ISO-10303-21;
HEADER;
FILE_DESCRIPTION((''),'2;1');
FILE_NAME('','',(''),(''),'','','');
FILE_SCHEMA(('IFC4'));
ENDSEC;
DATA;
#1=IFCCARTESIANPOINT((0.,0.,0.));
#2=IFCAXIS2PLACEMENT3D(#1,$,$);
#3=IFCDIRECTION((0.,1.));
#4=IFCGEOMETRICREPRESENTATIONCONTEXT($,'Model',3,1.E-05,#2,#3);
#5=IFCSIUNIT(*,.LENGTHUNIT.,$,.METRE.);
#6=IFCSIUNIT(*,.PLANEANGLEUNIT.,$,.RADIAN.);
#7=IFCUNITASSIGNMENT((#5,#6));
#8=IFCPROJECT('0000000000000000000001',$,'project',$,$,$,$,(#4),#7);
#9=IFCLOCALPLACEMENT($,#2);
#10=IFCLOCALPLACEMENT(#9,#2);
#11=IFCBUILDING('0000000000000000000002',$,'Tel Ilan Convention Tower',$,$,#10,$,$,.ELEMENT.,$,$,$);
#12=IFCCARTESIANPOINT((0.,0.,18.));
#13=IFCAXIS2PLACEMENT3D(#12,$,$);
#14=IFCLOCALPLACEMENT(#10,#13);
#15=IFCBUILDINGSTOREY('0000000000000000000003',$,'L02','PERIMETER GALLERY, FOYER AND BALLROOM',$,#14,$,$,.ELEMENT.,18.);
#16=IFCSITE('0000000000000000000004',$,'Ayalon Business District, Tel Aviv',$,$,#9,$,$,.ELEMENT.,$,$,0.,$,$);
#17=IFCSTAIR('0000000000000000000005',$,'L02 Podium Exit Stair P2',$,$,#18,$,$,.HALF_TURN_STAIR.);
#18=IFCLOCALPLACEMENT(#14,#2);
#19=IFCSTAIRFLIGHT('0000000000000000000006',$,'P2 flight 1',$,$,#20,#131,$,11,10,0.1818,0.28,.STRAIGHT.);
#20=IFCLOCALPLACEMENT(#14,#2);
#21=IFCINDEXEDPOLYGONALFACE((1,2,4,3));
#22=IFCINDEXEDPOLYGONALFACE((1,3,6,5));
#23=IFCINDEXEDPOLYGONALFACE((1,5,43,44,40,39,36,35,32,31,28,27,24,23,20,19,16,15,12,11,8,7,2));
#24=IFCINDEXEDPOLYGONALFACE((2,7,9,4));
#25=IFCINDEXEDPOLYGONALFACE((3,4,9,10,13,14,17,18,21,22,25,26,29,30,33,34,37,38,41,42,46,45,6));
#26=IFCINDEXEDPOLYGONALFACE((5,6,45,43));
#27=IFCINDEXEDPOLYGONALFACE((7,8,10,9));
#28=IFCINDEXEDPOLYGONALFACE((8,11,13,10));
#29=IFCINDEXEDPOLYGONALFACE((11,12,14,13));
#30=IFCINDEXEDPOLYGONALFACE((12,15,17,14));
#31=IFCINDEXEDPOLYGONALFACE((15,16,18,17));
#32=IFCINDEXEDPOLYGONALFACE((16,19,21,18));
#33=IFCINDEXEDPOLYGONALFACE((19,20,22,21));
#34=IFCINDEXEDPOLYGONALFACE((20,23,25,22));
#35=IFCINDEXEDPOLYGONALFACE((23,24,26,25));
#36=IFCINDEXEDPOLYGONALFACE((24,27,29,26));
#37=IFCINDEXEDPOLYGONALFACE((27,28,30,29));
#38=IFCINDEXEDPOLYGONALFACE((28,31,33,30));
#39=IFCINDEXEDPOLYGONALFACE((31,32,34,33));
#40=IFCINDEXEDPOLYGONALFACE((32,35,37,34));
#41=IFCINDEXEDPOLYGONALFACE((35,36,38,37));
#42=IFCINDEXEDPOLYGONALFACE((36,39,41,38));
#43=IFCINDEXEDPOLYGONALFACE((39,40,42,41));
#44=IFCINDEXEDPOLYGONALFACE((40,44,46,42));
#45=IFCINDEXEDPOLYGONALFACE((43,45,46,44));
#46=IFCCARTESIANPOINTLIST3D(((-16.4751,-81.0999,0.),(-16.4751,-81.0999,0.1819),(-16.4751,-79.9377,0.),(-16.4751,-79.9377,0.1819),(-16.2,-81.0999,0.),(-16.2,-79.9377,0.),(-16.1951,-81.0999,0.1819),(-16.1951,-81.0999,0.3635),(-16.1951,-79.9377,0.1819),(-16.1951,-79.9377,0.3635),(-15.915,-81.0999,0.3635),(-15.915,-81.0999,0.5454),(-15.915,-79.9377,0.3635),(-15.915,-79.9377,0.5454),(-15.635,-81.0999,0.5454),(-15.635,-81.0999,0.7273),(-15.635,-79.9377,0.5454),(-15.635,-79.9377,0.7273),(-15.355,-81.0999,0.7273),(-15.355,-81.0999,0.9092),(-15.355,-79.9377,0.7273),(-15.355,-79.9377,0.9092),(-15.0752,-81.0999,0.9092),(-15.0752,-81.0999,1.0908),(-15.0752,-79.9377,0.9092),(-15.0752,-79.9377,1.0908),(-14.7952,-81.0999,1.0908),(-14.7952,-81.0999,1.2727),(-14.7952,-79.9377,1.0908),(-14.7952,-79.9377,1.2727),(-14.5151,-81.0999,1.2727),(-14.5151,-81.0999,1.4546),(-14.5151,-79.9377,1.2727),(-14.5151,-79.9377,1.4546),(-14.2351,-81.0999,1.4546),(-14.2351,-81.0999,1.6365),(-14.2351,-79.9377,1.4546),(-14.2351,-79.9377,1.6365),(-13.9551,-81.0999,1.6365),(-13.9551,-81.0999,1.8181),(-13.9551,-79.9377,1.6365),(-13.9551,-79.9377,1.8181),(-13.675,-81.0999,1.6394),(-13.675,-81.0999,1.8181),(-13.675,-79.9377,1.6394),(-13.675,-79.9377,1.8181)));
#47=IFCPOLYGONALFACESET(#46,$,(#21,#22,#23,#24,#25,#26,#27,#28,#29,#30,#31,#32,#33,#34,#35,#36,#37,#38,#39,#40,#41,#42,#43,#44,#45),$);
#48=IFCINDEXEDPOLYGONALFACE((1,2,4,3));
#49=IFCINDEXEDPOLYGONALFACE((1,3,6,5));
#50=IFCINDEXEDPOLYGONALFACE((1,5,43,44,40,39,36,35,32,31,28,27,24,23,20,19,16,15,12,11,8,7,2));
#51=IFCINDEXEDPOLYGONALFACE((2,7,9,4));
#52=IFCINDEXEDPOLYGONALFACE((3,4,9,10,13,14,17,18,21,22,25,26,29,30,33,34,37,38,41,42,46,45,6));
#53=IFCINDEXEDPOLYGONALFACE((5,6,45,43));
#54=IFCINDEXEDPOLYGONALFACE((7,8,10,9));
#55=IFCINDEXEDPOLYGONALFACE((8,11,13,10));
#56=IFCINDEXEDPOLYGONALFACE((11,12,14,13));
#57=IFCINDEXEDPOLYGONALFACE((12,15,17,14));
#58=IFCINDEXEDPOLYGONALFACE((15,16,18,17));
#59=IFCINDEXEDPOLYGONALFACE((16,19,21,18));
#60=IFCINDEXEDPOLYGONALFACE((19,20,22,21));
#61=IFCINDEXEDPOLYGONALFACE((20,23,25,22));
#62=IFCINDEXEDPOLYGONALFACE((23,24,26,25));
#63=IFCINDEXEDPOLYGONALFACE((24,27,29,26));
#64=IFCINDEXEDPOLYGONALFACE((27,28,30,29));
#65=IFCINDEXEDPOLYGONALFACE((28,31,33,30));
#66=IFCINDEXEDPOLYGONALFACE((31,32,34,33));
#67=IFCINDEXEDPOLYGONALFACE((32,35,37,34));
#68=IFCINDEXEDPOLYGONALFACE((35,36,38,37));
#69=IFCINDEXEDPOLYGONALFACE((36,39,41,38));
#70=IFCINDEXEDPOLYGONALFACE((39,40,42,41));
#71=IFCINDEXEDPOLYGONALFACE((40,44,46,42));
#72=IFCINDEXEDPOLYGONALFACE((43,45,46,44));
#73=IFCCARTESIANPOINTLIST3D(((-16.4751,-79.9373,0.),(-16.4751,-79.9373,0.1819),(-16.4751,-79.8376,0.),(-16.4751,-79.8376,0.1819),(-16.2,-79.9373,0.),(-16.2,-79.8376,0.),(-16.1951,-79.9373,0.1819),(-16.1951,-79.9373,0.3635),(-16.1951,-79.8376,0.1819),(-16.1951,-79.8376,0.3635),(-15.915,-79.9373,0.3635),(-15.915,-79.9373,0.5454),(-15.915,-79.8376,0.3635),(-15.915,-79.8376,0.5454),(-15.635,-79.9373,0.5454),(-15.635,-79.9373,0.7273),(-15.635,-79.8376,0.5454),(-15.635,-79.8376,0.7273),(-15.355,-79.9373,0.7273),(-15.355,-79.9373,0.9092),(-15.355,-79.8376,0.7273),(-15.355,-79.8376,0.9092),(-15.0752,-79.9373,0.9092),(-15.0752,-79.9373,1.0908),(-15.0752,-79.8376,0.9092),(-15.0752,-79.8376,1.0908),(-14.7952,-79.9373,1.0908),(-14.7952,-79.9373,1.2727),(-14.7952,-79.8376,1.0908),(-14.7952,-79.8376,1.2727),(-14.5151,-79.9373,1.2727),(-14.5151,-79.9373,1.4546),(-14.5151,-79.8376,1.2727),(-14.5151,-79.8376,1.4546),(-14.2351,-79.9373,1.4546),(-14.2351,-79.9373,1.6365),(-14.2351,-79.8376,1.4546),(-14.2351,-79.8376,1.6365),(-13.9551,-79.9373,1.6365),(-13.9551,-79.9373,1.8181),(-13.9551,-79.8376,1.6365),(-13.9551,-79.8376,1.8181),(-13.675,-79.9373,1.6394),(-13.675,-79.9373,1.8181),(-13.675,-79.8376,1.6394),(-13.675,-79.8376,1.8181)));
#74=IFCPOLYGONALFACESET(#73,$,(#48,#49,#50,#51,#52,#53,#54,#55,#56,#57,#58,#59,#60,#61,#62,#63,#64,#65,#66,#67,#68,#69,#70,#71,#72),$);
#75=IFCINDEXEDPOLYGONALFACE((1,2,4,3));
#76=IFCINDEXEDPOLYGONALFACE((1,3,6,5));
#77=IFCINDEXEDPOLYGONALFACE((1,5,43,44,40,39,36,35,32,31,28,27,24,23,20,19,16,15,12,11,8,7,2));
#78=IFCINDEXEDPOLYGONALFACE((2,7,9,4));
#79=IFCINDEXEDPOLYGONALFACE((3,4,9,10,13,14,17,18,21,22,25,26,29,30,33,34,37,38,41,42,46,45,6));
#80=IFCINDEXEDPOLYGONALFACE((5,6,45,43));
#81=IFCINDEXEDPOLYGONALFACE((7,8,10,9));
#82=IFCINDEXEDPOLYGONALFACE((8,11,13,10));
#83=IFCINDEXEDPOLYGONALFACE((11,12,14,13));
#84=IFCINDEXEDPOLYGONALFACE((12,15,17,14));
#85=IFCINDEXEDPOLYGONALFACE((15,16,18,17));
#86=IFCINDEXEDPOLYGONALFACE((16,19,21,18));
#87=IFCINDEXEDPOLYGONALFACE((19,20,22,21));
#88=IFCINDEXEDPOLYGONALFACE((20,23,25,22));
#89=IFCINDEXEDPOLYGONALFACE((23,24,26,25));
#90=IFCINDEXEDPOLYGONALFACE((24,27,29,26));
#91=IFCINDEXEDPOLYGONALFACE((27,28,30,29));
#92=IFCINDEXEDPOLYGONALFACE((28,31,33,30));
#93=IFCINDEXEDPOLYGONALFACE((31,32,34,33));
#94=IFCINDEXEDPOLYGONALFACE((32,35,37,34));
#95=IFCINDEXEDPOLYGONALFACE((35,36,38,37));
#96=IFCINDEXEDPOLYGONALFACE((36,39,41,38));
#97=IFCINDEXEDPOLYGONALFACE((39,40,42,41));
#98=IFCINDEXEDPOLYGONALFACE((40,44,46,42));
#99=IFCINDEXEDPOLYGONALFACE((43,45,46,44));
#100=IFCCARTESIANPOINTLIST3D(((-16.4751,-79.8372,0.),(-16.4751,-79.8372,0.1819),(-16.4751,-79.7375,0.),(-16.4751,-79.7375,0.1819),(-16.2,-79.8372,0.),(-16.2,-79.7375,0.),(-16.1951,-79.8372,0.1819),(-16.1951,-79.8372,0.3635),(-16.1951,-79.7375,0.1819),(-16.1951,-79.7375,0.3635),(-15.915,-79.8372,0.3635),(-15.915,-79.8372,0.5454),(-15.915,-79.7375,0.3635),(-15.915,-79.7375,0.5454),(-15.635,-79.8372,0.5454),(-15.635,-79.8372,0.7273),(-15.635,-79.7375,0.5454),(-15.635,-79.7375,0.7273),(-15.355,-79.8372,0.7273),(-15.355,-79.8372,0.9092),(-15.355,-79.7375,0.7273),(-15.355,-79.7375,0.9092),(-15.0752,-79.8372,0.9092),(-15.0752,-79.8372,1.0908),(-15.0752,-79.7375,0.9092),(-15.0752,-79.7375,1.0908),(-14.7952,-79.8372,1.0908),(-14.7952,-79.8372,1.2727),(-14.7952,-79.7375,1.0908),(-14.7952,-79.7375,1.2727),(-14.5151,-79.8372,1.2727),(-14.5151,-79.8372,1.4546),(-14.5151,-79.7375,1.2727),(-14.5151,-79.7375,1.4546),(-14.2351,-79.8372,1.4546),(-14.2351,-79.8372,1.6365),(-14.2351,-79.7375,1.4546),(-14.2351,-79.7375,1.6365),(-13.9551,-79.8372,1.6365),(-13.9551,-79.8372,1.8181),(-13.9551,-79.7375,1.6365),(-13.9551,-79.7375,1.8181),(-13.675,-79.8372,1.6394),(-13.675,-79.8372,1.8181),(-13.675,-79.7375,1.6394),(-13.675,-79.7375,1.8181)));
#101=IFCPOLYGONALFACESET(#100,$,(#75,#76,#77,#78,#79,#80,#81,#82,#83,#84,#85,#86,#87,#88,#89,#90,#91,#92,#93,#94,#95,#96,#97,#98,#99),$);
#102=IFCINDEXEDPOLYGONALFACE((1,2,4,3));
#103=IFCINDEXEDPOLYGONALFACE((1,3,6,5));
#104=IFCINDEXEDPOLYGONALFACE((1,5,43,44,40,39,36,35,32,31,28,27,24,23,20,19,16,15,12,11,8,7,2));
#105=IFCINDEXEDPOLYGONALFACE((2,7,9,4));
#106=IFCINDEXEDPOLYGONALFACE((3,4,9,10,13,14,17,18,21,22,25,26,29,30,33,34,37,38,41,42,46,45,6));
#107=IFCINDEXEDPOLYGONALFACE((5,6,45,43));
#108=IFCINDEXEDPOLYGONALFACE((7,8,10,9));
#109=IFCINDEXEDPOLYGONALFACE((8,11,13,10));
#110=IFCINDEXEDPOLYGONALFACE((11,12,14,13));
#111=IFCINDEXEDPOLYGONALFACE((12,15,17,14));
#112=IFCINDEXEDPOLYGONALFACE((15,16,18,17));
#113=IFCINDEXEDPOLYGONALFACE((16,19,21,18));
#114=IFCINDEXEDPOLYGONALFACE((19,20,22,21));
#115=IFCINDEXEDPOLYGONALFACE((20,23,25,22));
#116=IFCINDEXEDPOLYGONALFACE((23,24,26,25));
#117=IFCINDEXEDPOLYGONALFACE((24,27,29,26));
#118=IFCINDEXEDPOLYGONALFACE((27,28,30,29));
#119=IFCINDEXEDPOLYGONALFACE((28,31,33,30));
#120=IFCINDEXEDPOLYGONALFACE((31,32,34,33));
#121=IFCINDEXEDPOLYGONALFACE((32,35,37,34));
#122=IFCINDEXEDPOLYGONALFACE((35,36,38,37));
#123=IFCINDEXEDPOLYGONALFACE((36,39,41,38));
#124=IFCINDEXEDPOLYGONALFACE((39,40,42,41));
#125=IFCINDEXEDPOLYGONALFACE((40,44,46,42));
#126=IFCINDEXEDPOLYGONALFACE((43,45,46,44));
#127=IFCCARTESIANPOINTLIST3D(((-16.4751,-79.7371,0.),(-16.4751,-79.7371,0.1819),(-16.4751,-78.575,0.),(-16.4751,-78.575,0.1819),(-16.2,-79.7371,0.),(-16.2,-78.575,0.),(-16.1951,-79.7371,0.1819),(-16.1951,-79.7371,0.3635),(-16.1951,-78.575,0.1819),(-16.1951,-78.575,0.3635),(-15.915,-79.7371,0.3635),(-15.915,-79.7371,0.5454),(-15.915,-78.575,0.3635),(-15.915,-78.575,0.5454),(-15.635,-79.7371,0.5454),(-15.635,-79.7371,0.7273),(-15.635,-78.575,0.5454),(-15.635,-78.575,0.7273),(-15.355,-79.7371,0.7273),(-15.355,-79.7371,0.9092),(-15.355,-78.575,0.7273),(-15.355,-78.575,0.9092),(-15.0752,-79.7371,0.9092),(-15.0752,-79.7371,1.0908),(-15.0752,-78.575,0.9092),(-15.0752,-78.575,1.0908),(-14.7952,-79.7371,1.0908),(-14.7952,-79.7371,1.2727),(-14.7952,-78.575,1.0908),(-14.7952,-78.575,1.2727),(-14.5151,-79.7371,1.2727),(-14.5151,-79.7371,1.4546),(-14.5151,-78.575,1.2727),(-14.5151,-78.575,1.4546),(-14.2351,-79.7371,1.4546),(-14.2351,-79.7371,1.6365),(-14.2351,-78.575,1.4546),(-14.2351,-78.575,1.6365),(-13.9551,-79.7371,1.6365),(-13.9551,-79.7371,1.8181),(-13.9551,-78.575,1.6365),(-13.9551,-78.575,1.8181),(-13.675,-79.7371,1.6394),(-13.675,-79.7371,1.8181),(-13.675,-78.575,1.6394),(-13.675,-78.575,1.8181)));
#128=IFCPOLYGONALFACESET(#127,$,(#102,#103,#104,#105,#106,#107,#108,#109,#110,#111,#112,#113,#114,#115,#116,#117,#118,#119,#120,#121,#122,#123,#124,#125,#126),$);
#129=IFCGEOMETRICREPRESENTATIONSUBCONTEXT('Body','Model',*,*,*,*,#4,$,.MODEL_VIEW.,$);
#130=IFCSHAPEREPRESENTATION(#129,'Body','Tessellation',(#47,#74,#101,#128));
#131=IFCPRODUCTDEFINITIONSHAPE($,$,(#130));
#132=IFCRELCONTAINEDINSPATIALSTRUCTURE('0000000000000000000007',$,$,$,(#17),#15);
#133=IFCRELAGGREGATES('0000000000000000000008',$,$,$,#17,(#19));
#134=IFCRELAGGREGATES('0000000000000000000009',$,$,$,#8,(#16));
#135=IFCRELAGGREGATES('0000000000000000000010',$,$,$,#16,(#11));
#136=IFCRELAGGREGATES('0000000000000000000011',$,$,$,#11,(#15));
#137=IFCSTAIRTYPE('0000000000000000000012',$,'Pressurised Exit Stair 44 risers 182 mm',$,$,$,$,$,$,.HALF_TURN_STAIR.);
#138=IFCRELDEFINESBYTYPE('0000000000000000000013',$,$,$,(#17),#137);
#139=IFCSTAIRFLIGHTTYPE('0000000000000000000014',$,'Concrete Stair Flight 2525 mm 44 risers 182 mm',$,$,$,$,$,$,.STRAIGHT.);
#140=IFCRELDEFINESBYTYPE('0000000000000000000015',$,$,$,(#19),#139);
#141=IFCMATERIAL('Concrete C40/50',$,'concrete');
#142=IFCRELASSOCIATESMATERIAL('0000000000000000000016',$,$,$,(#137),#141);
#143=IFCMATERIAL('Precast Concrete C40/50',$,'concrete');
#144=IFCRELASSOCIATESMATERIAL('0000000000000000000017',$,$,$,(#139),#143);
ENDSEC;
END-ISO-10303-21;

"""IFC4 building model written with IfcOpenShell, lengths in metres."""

from ifc_helpers import new_model, si_unit, direction, frame, origin, place, context, subcontext, project, spatial, polyline, outline, extrude, material, type_object, element, aggregate, save


model = new_model("IFC4")

# Units and contexts
model_context = context("Model", 3, precision=1e-05, world=origin(), true_north=direction((0.0, 1.0)))
body_context = subcontext(model_context, "Body", "Model", "MODEL_VIEW")
ifc_project = project(units=[si_unit("LENGTHUNIT", "METRE"), si_unit("PLANEANGLEUNIT", "RADIAN")], contexts=[model_context])

# Site, building, storey
site_placement = place(None, origin())
site = spatial("IfcSite", under=ifc_project, at=site_placement, Name="Ayalon Business District, Tel Aviv", CompositionType="ELEMENT", RefElevation=0.0)
building_placement = place(site_placement, origin())
building = spatial("IfcBuilding", under=site, at=building_placement, Name="Tel Ilan Convention Tower", CompositionType="ELEMENT")
storey_placement = place(building_placement, frame((0.0, 0.0, 18.0)))
storey = spatial("IfcBuildingStorey", under=building, at=storey_placement, Name="L02", Description="PERIMETER GALLERY, FOYER AND BALLROOM", CompositionType="ELEMENT", Elevation=18.0)

# Stair, stair flight
ifc_material_1 = material(Name="Concrete C40/50", Category="concrete")
stair_type = type_object("IfcStairType", Name="Pressurised Exit Stair 44 risers 182 mm", PredefinedType="HALF_TURN_STAIR", material=ifc_material_1)
stair_placement = place(storey_placement, origin())
stair = element("IfcStair", 1, at=stair_placement, inside=storey, type_object=stair_type, Name="L02 Podium Exit Stair P2", PredefinedType="HALF_TURN_STAIR")
ifc_material_2 = material(Name="Precast Concrete C40/50", Category="concrete")
stair_flight_type = type_object("IfcStairFlightType", Name="Concrete Stair Flight 2525 mm 44 risers 182 mm", PredefinedType="STRAIGHT", material=ifc_material_2)
stair_flight_1_placement = place(storey_placement, frame((-16.4751, -79.8374, 0.0), z_axis=(0.0, 0.0, 1.0), x_axis=(1.0, 0.0, 0.0)))
stair_flight_1 = element("IfcStairFlight", 2, at=stair_flight_1_placement, type_object=stair_flight_type, Name="P2 flight 1", NumberOfRisers=11, NumberOfTreads=10, PredefinedType="STRAIGHT", RiserHeight=0.1818, TreadLength=0.28, context=body_context, shape_type="SweptSolid", body=[
    extrude(outline(polyline([(0.0, 0.0), (0.0, 0.1819), (0.28, 0.1819), (0.28, 0.3635), (0.5601, 0.3635), (0.5601, 0.5454), (0.8401, 0.5454), (0.8401, 0.7273), (1.1201, 0.7273), (1.1201, 0.9092), (1.3999, 0.9092), (1.3999, 1.0908), (1.6799, 1.0908), (1.6799, 1.2727), (1.96, 1.2727), (1.96, 1.4546), (2.24, 1.4546), (2.24, 1.6365), (2.52, 1.6365), (2.52, 1.8181), (2.8, 1.8181), (2.8, 2.0), (2.8, 1.6394), (0.2751, 0.0), (0.0, 0.0)])), frame((0.0, -0.1003, 0.0), z_axis=(0.0, -1.0, 0.0), x_axis=(1.0, 0.0, 0.0)), (0.0, 0.0, 1.0), 1.1621),
    extrude(outline(polyline([(0.0, 0.0), (0.0, 0.1819), (0.28, 0.1819), (0.28, 0.3635), (0.5601, 0.3635), (0.5601, 0.5454), (0.8401, 0.5454), (0.8401, 0.7273), (1.1201, 0.7273), (1.1201, 0.9092), (1.3999, 0.9092), (1.3999, 1.0908), (1.6799, 1.0908), (1.6799, 1.2727), (1.96, 1.2727), (1.96, 1.4546), (2.24, 1.4546), (2.24, 1.6365), (2.52, 1.6365), (2.52, 1.8181), (2.8, 1.8181), (2.8, 2.0), (2.8, 1.6394), (0.2751, 0.0), (0.0, 0.0)])), frame((0.0, -0.0002, 0.0), z_axis=(0.0, -1.0, 0.0), x_axis=(1.0, 0.0, 0.0)), (0.0, 0.0, 1.0), 0.0996),
    extrude(outline(polyline([(0.0, 0.0), (0.0, 0.1819), (0.28, 0.1819), (0.28, 0.3635), (0.5601, 0.3635), (0.5601, 0.5454), (0.8401, 0.5454), (0.8401, 0.7273), (1.1201, 0.7273), (1.1201, 0.9092), (1.3999, 0.9092), (1.3999, 1.0908), (1.6799, 1.0908), (1.6799, 1.2727), (1.96, 1.2727), (1.96, 1.4546), (2.24, 1.4546), (2.24, 1.6365), (2.52, 1.6365), (2.52, 1.8181), (2.8, 1.8181), (2.8, 2.0), (2.8, 1.6394), (0.2751, 0.0), (0.0, 0.0)])), frame((0.0, 0.0999, 0.0), z_axis=(0.0, -1.0, 0.0), x_axis=(1.0, 0.0, 0.0)), (0.0, 0.0, 1.0), 0.0996),
    extrude(outline(polyline([(0.0, 0.0), (0.0, 0.1819), (0.28, 0.1819), (0.28, 0.3635), (0.5601, 0.3635), (0.5601, 0.5454), (0.8401, 0.5454), (0.8401, 0.7273), (1.1201, 0.7273), (1.1201, 0.9092), (1.3999, 0.9092), (1.3999, 1.0908), (1.6799, 1.0908), (1.6799, 1.2727), (1.96, 1.2727), (1.96, 1.4546), (2.24, 1.4546), (2.24, 1.6365), (2.52, 1.6365), (2.52, 1.8181), (2.8, 1.8181), (2.8, 2.0), (2.8, 1.6394), (0.2751, 0.0), (0.0, 0.0)])), frame((0.0, 1.2625, 0.0), z_axis=(0.0, -1.0, 0.0), x_axis=(1.0, 0.0, 0.0)), (0.0, 0.0, 1.0), 1.1621),
])
aggregate(stair, [stair_flight_1])

save(model, "model.ifc")
